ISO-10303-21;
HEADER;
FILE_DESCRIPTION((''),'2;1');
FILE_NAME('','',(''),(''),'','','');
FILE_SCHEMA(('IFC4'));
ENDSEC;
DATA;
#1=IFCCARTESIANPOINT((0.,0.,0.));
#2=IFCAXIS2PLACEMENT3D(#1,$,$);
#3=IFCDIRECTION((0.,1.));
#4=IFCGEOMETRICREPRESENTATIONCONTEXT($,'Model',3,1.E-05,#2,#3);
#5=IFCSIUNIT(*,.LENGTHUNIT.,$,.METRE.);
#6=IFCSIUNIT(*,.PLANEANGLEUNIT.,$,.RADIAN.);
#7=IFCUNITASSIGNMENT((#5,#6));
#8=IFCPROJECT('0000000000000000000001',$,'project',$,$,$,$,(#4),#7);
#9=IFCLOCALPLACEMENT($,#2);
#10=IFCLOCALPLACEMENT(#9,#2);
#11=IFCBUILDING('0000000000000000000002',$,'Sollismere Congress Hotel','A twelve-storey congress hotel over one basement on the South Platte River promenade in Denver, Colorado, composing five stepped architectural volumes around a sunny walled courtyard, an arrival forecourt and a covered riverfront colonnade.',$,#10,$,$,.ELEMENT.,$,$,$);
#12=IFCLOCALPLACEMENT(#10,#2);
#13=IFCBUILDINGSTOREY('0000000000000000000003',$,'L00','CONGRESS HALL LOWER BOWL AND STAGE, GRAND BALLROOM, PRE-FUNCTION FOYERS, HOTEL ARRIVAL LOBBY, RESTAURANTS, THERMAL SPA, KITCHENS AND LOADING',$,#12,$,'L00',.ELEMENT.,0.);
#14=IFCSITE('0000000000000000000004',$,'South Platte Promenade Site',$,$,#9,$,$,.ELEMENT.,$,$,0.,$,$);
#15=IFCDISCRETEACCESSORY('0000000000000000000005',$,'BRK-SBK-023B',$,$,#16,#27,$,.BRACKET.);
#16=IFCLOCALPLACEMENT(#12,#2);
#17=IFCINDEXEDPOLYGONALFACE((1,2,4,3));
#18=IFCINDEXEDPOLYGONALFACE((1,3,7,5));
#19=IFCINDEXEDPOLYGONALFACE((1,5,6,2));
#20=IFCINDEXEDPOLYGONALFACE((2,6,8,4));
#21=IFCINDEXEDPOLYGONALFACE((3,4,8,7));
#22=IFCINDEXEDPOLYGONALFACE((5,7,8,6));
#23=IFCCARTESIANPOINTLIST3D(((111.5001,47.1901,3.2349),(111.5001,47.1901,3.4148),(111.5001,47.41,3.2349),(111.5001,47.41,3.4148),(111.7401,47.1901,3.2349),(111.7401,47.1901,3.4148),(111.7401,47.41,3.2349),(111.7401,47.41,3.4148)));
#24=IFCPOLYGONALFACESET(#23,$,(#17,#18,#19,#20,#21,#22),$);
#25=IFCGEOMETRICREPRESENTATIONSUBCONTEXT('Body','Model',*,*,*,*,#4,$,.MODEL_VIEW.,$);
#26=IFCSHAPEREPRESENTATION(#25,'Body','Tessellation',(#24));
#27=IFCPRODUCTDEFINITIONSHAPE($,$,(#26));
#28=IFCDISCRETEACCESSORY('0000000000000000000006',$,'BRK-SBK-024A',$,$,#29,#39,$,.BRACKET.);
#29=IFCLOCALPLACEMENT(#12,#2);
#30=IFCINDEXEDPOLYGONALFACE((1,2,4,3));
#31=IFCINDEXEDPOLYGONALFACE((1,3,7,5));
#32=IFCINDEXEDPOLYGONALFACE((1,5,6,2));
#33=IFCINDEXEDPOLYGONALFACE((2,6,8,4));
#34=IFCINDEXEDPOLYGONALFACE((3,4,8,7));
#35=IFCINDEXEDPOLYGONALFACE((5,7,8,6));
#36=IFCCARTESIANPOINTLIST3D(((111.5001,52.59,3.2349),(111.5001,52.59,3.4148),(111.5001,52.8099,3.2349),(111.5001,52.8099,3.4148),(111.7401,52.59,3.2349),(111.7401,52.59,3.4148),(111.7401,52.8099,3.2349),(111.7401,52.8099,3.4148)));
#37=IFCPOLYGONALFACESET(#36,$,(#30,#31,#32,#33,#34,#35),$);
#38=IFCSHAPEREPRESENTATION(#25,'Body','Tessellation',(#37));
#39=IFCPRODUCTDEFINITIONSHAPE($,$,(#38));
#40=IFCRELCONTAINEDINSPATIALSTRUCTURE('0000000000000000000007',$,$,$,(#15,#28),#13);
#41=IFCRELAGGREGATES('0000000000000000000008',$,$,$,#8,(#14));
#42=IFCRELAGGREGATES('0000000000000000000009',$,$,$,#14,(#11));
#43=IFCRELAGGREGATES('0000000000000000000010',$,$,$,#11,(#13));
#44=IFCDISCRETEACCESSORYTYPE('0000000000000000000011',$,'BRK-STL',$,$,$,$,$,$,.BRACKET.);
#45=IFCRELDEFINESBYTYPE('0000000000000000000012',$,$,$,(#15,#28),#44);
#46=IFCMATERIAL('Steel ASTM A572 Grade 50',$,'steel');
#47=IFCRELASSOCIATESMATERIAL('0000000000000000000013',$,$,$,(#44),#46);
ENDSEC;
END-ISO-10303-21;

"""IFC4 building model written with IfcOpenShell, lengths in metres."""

from ifc_helpers import new_model, si_unit, direction, frame, origin, origin_2d, place, context, subcontext, project, spatial, rectangle, extrude, material, type_object, element, save


model = new_model("IFC4")

# Units and contexts
model_context = context("Model", 3, precision=1e-05, world=origin(), true_north=direction((0.0, 1.0)))
body_context = subcontext(model_context, "Body", "Model", "MODEL_VIEW")
ifc_project = project(units=[si_unit("LENGTHUNIT", "METRE"), si_unit("PLANEANGLEUNIT", "RADIAN")], contexts=[model_context])

# Site, building, storey
site_placement = place(None, origin())
site = spatial("IfcSite", under=ifc_project, at=site_placement, Name="South Platte Promenade Site", CompositionType="ELEMENT", RefElevation=0.0)
building_placement = place(site_placement, origin())
building = spatial("IfcBuilding", under=site, at=building_placement, Name="Sollismere Congress Hotel", Description="A twelve-storey congress hotel over one basement on the South Platte River promenade in Denver, Colorado, composing five stepped architectural volumes around a sunny walled courtyard, an arrival forecourt and a covered riverfront colonnade.", CompositionType="ELEMENT")
storey_placement = place(building_placement, origin())
storey = spatial("IfcBuildingStorey", under=building, at=storey_placement, Name="L00", Description="CONGRESS HALL LOWER BOWL AND STAGE, GRAND BALLROOM, PRE-FUNCTION FOYERS, HOTEL ARRIVAL LOBBY, RESTAURANTS, THERMAL SPA, KITCHENS AND LOADING", LongName="L00", CompositionType="ELEMENT", Elevation=0.0)

# Discrete accessories
ifc_material_1 = material(Name="Steel ASTM A572 Grade 50", Category="steel")
discrete_accessory_type = type_object("IfcDiscreteAccessoryType", Name="BRK-STL", PredefinedType="BRACKET", material=ifc_material_1)
for number, where, z_axis, x_axis, name in (
    (1, (111.6201, 47.3, 3.2349), (0.0, 0.0, 1.0), (0.0, 1.0, 0.0), "BRK-SBK-023B"),
    (2, (111.6201, 52.7, 3.2349), (0.0, 0.0, 1.0), (0.0, 1.0, 0.0), "BRK-SBK-024A"),
):
    element("IfcDiscreteAccessory", number, at=place(storey_placement, frame(where, z_axis=z_axis, x_axis=x_axis)), inside=storey, type_object=discrete_accessory_type, Name=name, PredefinedType="BRACKET", context=body_context, shape_type="SweptSolid", body=[
        extrude(rectangle(XDim=0.22, YDim=0.24, at=origin_2d()), origin(), (0.0, 0.0, 1.0), 0.1799),
    ])

save(model, "model.ifc")
